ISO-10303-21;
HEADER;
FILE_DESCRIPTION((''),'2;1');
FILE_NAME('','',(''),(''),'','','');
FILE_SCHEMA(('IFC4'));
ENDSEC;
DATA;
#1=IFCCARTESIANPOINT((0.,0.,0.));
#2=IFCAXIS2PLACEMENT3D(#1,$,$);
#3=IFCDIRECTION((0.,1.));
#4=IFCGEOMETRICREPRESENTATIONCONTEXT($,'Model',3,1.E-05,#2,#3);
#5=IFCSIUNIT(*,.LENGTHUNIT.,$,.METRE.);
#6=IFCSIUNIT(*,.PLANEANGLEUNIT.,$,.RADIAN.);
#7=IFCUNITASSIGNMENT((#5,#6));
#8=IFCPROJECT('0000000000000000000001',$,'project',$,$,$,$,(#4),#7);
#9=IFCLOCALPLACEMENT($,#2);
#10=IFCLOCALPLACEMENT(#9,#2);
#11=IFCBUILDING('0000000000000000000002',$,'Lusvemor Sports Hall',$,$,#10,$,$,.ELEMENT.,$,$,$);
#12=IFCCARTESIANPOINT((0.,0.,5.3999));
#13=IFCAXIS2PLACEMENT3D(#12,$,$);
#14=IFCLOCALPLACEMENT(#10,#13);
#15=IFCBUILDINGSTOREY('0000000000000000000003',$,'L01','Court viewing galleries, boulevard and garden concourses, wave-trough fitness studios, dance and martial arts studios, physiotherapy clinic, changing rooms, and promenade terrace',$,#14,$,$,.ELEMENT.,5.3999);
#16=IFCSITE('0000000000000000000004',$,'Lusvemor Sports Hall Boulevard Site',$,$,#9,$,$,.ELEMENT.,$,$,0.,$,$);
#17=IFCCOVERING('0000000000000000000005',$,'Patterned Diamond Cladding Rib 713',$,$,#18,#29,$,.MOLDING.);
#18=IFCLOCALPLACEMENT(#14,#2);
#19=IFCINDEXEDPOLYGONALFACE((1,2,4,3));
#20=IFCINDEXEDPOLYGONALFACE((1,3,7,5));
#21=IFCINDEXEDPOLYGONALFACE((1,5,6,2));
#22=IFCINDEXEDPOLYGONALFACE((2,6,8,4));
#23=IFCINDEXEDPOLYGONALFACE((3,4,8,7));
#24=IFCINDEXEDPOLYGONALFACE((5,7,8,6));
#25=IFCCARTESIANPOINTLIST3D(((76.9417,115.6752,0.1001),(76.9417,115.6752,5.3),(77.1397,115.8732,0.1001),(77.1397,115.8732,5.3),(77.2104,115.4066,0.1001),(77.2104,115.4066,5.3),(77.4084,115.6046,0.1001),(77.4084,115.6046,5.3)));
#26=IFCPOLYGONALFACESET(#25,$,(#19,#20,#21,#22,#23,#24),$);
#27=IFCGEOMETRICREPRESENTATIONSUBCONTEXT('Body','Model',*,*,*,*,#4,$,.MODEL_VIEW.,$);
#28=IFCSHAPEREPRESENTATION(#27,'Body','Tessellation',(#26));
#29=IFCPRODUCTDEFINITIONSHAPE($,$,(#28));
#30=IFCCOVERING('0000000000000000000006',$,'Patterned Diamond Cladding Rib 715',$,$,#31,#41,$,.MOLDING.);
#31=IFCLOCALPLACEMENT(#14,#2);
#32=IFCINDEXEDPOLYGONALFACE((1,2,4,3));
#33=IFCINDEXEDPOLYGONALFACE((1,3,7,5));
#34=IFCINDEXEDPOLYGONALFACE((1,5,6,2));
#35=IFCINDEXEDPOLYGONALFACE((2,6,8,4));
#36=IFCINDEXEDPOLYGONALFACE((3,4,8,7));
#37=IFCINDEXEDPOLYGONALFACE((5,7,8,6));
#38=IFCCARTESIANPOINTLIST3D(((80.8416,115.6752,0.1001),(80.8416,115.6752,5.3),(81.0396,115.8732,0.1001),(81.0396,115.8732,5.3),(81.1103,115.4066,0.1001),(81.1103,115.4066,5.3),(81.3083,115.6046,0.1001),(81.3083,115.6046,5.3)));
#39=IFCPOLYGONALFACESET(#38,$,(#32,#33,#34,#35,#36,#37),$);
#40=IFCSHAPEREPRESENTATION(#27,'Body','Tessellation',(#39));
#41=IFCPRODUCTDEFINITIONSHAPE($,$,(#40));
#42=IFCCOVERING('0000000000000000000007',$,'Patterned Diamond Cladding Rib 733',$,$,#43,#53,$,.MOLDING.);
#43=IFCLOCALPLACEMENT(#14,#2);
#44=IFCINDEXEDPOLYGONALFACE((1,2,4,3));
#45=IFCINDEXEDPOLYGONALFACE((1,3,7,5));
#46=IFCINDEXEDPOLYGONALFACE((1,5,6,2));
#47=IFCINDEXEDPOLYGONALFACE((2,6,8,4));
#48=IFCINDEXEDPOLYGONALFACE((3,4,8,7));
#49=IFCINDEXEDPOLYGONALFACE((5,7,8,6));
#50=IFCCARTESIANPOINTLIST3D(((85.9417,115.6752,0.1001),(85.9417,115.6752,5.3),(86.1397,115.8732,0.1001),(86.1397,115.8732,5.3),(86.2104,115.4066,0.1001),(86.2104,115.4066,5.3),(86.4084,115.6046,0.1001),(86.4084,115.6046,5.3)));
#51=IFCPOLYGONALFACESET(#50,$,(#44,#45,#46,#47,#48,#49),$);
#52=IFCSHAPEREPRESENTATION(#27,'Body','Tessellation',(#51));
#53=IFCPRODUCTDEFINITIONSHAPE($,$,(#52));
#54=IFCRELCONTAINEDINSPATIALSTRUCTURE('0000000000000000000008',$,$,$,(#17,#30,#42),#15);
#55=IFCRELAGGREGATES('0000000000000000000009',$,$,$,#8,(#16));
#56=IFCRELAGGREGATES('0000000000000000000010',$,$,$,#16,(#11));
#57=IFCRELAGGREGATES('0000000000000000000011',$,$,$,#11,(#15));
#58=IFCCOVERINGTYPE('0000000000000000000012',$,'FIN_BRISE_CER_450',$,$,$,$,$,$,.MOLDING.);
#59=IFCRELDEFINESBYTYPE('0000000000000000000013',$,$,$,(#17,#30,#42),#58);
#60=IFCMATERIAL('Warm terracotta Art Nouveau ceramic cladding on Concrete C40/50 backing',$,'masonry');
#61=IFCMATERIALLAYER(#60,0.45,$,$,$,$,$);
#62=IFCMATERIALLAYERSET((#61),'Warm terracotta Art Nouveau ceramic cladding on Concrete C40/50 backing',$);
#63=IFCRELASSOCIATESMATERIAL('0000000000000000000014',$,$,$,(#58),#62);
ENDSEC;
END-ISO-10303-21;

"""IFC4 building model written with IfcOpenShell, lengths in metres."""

from ifc_helpers import new_model, si_unit, direction, frame, origin, origin_2d, place, context, subcontext, project, spatial, rectangle, extrude, material, layer, layer_set, type_object, element, save


model = new_model("IFC4")

# Units and contexts
model_context = context("Model", 3, precision=1e-05, world=origin(), true_north=direction((0.0, 1.0)))
body_context = subcontext(model_context, "Body", "Model", "MODEL_VIEW")
ifc_project = project(units=[si_unit("LENGTHUNIT", "METRE"), si_unit("PLANEANGLEUNIT", "RADIAN")], contexts=[model_context])

# Site, building, storey
site_placement = place(None, origin())
site = spatial("IfcSite", under=ifc_project, at=site_placement, Name="Lusvemor Sports Hall Boulevard Site", CompositionType="ELEMENT", RefElevation=0.0)
building_placement = place(site_placement, origin())
building = spatial("IfcBuilding", under=site, at=building_placement, Name="Lusvemor Sports Hall", CompositionType="ELEMENT")
storey_placement = place(building_placement, frame((0.0, 0.0, 5.3999)))
storey = spatial("IfcBuildingStorey", under=building, at=storey_placement, Name="L01", Description="Court viewing galleries, boulevard and garden concourses, wave-trough fitness studios, dance and martial arts studios, physiotherapy clinic, changing rooms, and promenade terrace", CompositionType="ELEMENT", Elevation=5.3999)

# Coverings
ifc_material_1 = material(Name="Warm terracotta Art Nouveau ceramic cladding on Concrete C40/50 backing", Category="masonry")
ifc_layer_1 = layer(ifc_material_1, 0.45)
ifc_layer_set_1 = layer_set([ifc_layer_1], Name="Warm terracotta Art Nouveau ceramic cladding on Concrete C40/50 backing")
covering_type_1 = type_object("IfcCoveringType", Name="FIN_BRISE_CER_450", PredefinedType="MOLDING", material=ifc_layer_set_1)
for number, where, z_axis, x_axis, name in (
    (1, (77.175, 115.6399, 0.1001), (0.0, 0.0, 1.0), (0.707107, 0.707107, 0.0), "Patterned Diamond Cladding Rib 713"),
    (2, (81.075, 115.6399, 0.1001), (0.0, 0.0, 1.0), (0.707107, 0.707107, 0.0), "Patterned Diamond Cladding Rib 715"),
    (3, (86.175, 115.6399, 0.1001), (0.0, 0.0, 1.0), (0.707107, 0.707107, 0.0), "Patterned Diamond Cladding Rib 733"),
):
    element("IfcCovering", number, at=place(storey_placement, frame(where, z_axis=z_axis, x_axis=x_axis)), inside=storey, type_object=covering_type_1, Name=name, PredefinedType="MOLDING", context=body_context, shape_type="SweptSolid", body=[
        extrude(rectangle(XDim=0.28, YDim=0.3799, at=origin_2d()), origin(), (0.0, 0.0, 1.0), 5.2),
    ])

save(model, "model.ifc")
